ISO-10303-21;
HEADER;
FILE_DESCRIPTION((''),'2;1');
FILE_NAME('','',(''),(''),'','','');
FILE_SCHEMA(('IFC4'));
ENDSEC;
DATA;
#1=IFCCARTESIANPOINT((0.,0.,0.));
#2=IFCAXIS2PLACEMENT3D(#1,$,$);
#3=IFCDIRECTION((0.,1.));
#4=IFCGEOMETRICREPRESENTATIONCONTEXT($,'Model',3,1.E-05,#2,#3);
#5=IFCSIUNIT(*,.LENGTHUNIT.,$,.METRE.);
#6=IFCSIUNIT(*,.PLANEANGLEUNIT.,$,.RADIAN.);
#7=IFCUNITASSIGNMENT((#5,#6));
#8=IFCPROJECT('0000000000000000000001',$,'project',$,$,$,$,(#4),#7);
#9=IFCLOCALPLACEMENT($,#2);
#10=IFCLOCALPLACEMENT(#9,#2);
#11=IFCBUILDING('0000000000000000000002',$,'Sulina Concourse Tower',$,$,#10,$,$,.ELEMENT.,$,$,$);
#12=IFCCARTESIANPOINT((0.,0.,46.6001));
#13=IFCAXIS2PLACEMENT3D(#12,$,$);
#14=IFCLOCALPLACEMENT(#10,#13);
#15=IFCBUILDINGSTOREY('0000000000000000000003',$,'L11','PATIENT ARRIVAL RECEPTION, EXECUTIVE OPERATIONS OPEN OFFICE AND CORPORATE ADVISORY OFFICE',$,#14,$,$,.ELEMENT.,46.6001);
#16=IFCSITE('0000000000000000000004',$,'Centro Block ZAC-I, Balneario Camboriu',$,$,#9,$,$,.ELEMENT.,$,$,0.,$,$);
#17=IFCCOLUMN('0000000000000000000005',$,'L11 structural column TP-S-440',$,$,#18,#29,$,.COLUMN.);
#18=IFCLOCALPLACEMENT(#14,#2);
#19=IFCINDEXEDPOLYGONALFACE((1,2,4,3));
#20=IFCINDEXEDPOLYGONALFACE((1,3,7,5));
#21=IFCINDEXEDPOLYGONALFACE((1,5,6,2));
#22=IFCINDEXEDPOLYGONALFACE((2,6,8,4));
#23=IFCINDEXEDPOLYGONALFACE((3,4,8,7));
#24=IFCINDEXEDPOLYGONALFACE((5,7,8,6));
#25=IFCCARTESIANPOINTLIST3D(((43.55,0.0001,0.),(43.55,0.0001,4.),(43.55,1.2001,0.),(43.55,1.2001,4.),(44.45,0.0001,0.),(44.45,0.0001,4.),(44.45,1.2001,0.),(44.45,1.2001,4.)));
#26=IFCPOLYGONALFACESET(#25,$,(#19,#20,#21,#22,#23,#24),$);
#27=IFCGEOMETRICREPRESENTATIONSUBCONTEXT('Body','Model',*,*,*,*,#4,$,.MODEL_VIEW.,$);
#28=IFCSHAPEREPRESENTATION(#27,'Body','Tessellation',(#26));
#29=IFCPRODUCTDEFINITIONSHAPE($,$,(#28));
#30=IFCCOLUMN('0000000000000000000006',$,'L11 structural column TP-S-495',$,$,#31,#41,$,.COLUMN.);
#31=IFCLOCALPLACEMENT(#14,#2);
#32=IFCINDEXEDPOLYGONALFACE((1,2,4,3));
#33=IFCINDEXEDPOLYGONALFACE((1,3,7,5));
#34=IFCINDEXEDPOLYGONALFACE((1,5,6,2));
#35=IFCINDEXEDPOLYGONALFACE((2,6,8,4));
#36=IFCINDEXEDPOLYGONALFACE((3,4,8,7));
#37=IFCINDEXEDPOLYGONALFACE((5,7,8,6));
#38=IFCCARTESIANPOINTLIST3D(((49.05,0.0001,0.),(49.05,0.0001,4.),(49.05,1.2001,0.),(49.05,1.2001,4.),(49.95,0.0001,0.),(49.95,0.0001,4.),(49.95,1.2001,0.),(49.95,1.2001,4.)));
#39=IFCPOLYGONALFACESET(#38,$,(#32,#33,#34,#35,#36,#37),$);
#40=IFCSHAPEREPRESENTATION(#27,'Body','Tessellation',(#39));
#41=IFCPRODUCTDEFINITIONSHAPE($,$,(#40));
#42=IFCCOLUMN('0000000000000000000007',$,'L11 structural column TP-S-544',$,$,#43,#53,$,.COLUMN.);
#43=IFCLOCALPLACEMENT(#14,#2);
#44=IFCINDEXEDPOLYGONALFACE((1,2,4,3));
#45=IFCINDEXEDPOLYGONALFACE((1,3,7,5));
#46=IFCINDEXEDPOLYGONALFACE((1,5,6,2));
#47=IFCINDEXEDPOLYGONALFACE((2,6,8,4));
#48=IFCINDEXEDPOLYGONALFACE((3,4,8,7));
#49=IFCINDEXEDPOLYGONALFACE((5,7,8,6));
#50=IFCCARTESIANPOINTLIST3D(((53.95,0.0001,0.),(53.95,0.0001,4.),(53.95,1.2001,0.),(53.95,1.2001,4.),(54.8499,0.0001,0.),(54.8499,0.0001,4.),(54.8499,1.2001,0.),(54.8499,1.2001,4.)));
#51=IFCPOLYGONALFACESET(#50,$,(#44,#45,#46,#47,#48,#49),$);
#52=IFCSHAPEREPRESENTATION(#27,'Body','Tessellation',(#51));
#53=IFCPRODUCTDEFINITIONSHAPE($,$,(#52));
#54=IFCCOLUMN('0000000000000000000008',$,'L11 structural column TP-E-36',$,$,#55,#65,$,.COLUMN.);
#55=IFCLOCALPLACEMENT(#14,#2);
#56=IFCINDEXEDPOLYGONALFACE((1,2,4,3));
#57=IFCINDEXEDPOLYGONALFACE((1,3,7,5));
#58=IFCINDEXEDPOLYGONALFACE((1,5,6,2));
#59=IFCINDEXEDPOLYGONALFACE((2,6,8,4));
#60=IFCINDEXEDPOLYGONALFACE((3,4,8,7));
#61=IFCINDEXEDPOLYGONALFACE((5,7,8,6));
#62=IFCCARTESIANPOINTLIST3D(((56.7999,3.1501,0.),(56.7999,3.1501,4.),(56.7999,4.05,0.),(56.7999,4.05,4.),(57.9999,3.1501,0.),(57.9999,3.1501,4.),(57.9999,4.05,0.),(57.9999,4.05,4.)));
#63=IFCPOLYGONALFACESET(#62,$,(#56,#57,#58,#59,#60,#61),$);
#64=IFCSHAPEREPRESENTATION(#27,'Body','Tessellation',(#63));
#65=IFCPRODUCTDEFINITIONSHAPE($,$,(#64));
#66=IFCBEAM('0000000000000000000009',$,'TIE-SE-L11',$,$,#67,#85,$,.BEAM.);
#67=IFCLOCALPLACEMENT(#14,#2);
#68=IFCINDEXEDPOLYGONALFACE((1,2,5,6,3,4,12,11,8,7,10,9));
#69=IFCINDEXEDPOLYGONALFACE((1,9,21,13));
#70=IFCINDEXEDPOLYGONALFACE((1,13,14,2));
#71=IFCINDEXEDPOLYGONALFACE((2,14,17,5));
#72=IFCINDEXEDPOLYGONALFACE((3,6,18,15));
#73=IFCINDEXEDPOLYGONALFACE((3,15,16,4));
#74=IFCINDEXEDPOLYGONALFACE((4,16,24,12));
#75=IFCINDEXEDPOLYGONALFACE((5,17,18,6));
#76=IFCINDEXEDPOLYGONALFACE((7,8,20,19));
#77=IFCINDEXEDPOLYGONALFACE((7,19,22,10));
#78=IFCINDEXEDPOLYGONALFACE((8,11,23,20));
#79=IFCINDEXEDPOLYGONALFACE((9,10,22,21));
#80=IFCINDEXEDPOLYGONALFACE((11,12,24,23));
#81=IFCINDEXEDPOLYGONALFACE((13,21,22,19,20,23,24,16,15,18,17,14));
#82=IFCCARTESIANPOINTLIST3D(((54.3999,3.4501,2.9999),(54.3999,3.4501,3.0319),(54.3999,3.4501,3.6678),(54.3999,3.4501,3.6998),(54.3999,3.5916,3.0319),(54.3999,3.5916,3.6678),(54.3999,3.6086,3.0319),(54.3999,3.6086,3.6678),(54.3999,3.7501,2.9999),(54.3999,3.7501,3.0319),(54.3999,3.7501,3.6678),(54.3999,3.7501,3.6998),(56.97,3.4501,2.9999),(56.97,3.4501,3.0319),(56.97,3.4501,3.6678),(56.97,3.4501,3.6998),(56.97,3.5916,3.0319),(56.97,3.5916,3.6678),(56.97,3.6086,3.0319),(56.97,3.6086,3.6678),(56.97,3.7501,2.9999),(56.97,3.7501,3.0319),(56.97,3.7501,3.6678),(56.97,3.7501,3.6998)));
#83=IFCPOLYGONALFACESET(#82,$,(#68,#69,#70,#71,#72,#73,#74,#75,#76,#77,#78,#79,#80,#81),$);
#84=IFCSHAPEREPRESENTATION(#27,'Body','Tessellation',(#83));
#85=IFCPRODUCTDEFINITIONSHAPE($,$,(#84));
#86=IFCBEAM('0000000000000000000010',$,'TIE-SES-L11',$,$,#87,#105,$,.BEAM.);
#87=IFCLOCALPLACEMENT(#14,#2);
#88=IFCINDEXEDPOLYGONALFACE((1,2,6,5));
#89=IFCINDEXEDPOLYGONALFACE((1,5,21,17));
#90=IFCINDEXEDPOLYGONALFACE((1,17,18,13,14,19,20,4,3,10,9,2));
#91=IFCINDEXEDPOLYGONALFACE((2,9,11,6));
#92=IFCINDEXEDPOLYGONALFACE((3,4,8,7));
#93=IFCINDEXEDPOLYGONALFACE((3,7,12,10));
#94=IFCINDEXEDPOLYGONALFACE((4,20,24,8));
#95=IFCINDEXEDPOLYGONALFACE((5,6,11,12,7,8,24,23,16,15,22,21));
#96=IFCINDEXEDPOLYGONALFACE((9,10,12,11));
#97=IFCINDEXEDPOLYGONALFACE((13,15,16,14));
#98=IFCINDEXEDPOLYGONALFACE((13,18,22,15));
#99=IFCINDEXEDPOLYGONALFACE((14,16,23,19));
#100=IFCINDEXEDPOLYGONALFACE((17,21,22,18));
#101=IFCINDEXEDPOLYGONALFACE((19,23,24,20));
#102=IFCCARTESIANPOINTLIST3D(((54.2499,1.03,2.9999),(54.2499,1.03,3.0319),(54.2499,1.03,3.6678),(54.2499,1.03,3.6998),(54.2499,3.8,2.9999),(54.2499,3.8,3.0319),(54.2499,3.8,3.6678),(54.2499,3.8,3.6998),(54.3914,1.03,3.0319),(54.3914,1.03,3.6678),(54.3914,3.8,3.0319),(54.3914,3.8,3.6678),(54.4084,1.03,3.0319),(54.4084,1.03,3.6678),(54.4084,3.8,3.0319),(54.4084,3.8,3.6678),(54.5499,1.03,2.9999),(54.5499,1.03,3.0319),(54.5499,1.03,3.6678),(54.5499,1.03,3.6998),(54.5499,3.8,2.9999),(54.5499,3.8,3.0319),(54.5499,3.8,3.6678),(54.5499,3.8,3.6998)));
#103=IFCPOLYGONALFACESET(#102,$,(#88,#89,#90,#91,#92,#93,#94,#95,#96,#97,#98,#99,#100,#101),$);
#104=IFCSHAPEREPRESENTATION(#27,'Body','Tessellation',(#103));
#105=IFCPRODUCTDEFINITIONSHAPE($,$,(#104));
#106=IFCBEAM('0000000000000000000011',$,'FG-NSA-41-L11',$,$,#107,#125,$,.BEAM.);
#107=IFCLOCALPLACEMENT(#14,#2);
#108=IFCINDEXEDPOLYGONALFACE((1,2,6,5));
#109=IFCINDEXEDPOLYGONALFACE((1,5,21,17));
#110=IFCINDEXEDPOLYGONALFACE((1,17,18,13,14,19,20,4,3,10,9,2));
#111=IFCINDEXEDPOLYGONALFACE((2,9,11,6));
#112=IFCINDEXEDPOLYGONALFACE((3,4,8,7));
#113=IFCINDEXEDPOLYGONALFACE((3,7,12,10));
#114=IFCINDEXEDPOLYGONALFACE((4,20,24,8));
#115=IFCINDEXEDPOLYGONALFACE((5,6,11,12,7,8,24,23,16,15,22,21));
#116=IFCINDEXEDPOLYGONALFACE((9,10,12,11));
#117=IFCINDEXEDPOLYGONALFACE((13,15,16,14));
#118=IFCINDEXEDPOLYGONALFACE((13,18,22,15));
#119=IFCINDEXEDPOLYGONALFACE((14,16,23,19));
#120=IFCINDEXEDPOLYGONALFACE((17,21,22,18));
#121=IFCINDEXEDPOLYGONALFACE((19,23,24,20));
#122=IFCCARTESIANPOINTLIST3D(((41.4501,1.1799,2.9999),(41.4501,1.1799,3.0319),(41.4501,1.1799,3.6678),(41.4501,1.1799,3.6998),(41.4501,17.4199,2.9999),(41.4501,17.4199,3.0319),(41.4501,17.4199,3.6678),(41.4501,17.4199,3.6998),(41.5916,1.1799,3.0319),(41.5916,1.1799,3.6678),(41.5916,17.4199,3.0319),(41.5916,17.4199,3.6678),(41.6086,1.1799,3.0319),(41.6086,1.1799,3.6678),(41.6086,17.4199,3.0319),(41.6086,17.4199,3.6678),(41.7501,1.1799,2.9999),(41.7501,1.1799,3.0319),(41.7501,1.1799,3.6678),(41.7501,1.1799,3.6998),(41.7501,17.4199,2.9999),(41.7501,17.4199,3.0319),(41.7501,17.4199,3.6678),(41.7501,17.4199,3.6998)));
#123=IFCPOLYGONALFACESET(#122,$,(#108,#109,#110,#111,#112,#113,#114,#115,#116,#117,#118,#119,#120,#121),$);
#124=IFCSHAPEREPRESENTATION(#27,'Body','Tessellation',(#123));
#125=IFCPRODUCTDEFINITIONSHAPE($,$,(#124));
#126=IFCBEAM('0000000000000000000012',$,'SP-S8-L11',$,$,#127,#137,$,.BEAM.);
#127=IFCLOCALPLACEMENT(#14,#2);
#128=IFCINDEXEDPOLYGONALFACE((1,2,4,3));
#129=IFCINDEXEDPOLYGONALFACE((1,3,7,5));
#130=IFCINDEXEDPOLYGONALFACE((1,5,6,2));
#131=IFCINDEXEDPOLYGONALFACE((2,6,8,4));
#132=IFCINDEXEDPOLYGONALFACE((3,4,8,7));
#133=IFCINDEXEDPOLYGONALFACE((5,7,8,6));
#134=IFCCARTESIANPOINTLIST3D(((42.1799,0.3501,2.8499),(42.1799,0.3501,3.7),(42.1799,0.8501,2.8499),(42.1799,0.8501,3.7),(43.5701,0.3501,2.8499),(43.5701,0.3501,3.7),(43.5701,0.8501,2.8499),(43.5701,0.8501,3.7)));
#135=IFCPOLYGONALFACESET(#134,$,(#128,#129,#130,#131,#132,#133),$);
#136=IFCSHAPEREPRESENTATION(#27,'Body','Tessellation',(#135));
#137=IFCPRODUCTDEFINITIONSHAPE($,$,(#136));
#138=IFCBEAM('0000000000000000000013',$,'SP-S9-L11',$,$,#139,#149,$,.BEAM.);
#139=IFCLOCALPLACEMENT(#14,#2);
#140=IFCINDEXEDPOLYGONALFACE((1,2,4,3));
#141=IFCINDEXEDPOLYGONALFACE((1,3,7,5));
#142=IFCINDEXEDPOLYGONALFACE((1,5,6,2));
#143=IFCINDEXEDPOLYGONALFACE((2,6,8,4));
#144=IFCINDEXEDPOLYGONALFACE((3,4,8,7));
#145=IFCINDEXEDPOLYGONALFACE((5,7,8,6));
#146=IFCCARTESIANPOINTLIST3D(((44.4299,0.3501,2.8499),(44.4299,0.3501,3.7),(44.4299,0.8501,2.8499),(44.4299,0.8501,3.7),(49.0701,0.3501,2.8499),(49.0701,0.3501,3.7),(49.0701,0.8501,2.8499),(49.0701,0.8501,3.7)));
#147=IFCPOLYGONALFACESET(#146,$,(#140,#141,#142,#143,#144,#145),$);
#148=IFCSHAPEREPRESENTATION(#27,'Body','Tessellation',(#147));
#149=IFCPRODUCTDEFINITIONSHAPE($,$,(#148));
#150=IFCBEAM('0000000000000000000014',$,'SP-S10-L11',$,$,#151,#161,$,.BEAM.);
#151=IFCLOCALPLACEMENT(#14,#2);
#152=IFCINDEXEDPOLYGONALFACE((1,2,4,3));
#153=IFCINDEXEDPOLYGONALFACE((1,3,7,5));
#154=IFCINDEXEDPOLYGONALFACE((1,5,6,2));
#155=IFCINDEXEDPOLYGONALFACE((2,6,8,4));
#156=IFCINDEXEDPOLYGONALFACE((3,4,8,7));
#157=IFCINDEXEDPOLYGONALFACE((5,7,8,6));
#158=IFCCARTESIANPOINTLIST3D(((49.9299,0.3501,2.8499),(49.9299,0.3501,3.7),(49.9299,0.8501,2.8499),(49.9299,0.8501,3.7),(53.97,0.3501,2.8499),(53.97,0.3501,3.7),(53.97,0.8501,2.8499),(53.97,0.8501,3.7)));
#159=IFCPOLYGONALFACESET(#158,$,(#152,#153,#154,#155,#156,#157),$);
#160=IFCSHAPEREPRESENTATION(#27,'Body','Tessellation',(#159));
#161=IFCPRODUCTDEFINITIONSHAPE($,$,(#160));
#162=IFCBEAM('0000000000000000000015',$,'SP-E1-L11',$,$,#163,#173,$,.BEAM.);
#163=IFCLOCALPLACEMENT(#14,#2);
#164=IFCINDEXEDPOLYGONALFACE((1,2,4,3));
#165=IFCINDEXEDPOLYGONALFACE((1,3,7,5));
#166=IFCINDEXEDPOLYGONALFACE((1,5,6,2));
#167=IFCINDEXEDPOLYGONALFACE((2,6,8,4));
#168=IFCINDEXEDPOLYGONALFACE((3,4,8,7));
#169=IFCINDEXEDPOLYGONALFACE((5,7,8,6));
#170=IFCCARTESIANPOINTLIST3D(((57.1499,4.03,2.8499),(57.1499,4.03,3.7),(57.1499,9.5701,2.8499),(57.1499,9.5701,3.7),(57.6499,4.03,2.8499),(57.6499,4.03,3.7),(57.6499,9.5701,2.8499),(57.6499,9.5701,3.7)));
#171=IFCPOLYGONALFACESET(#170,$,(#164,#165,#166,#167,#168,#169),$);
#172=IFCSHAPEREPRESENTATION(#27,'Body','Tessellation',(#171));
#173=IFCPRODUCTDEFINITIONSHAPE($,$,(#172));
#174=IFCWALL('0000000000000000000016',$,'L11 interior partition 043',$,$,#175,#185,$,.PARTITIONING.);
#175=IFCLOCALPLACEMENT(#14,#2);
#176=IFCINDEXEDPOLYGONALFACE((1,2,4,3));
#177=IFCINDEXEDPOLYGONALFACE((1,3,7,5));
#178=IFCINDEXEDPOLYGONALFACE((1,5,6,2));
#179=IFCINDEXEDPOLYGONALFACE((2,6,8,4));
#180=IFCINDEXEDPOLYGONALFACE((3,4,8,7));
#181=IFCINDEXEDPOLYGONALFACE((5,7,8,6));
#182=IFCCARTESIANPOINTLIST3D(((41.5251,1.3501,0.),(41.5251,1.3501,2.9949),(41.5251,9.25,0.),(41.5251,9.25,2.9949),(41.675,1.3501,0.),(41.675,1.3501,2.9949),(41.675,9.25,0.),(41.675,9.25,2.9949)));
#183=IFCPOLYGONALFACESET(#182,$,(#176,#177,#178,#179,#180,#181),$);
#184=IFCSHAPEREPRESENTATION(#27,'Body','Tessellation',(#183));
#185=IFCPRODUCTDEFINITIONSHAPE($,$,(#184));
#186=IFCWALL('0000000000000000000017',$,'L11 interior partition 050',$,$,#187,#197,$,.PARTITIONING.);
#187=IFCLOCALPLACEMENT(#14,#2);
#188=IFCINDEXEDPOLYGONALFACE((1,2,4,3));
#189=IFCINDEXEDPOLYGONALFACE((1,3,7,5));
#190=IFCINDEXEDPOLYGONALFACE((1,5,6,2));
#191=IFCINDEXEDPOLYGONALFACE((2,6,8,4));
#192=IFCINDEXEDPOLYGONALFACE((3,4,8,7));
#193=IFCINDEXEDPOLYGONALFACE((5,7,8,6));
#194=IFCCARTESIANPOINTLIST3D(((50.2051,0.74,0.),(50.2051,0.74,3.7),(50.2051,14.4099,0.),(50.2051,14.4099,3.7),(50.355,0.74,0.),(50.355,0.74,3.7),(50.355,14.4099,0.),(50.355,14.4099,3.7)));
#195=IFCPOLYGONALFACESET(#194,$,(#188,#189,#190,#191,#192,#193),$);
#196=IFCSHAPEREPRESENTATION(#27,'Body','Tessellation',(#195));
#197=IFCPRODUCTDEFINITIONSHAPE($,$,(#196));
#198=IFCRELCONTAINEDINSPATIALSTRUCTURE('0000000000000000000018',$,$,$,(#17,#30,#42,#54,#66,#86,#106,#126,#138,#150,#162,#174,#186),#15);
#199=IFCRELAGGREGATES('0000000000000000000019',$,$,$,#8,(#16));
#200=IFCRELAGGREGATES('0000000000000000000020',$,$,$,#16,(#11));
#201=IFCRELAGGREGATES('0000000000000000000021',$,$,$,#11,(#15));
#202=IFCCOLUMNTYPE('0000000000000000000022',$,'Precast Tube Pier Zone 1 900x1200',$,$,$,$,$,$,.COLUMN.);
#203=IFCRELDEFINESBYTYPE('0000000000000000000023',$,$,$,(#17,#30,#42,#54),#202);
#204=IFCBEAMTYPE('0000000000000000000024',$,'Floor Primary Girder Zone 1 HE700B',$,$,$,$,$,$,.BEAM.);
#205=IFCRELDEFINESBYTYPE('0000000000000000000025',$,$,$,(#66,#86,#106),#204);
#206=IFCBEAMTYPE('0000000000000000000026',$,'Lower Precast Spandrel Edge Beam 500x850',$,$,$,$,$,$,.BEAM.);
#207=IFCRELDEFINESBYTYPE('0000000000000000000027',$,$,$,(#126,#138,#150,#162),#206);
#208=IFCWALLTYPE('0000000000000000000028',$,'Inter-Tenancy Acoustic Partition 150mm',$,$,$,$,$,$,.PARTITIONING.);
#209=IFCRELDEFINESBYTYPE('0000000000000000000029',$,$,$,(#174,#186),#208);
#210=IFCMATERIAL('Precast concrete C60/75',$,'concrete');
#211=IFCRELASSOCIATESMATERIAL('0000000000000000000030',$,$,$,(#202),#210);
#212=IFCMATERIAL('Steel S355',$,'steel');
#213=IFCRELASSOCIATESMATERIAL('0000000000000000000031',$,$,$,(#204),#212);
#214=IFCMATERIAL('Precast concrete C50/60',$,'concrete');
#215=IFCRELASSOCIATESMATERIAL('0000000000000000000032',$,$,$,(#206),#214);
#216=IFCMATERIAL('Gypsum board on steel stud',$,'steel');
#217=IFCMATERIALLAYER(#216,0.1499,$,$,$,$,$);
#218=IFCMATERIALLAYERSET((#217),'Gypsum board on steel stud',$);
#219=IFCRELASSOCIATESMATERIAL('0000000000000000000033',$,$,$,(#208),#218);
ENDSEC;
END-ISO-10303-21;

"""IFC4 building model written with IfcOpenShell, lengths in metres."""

from ifc_helpers import new_model, si_unit, direction, frame, frame_2d, origin, origin_2d, place, context, subcontext, project, spatial, rectangle, i_section, extrude, material, layer, layer_set, material_profile, profile_set, type_object, element, save


model = new_model("IFC4")

# Units and contexts
model_context = context("Model", 3, precision=1e-05, world=origin(), true_north=direction((0.0, 1.0)))
body_context = subcontext(model_context, "Body", "Model", "MODEL_VIEW")
ifc_project = project(units=[si_unit("LENGTHUNIT", "METRE"), si_unit("PLANEANGLEUNIT", "RADIAN")], contexts=[model_context])

# Site, building, storey
site_placement = place(None, origin())
site = spatial("IfcSite", under=ifc_project, at=site_placement, Name="Centro Block ZAC-I, Balneario Camboriu", CompositionType="ELEMENT", RefElevation=0.0)
building_placement = place(site_placement, origin())
building = spatial("IfcBuilding", under=site, at=building_placement, Name="Sulina Concourse Tower", CompositionType="ELEMENT")
storey_placement = place(building_placement, frame((0.0, 0.0, 46.6001)))
storey = spatial("IfcBuildingStorey", under=building, at=storey_placement, Name="L11", Description="PATIENT ARRIVAL RECEPTION, EXECUTIVE OPERATIONS OPEN OFFICE AND CORPORATE ADVISORY OFFICE", CompositionType="ELEMENT", Elevation=46.6001)

# Columns
ifc_material_1 = material(Name="Precast concrete C60/75", Category="concrete")
ifc_material_profile_1 = material_profile(ifc_material_1, rectangle(XDim=0.8999, YDim=1.2, at=origin_2d()), Name="PC 900x1200")
ifc_profile_set_1 = profile_set([ifc_material_profile_1], Name="Precast concrete C60/75")
column_type = type_object("IfcColumnType", Name="Precast Tube Pier Zone 1 900x1200", PredefinedType="COLUMN", material=ifc_profile_set_1)
for number, where, z_axis, x_axis, name in (
    (1, (44.0, 0.6001, 0.0), (0.0, 0.0, 1.0), (1.0, 0.0, 0.0), "L11 structural column TP-S-440"),
    (2, (49.5, 0.6001, 0.0), (0.0, 0.0, 1.0), (1.0, 0.0, 0.0), "L11 structural column TP-S-495"),
    (3, (54.3999, 0.6001, 0.0), (0.0, 0.0, 1.0), (1.0, 0.0, 0.0), "L11 structural column TP-S-544"),
    (4, (57.3999, 3.6001, 0.0), (0.0, 0.0, 1.0), (0.0, 1.0, 0.0), "L11 structural column TP-E-36"),
):
    element("IfcColumn", number, at=place(storey_placement, frame(where, z_axis=z_axis, x_axis=x_axis)), inside=storey, type_object=column_type, Name=name, PredefinedType="COLUMN", context=body_context, shape_type="SweptSolid", body=[
        extrude(rectangle(XDim=0.8999, YDim=1.2, at=origin_2d()), origin(), (0.0, 0.0, 1.0), 4.0),
    ])

# Beams
ifc_material_2 = material(Name="Steel S355", Category="steel")
ifc_material_profile_2 = material_profile(ifc_material_2, i_section(OverallWidth=0.3, OverallDepth=0.7, WebThickness=0.0171, FlangeThickness=0.032, at=origin_2d()), Name="HE 700 B")
ifc_profile_set_2 = profile_set([ifc_material_profile_2], Name="Steel S355")
beam_type_1 = type_object("IfcBeamType", Name="Floor Primary Girder Zone 1 HE700B", PredefinedType="BEAM", material=ifc_profile_set_2)
beam_1_placement = place(storey_placement, frame((54.3999, 3.6001, 3.3499), z_axis=(1.0, 0.0, 0.0), x_axis=(0.0, 1.0, 0.0)))
element("IfcBeam", 5, at=beam_1_placement, inside=storey, type_object=beam_type_1, Name="TIE-SE-L11", PredefinedType="BEAM", context=body_context, shape_type="SweptSolid", body=[
    extrude(i_section(OverallWidth=0.3, OverallDepth=0.7, WebThickness=0.0171, FlangeThickness=0.032, at=origin_2d()), origin(), (0.0, 0.0, 1.0), 2.5701),
])
beam_2_placement = place(storey_placement, frame((54.3999, 1.03, 3.3499), z_axis=(0.0, 1.0, 0.0), x_axis=(-1.0, 0.0, 0.0)))
element("IfcBeam", 6, at=beam_2_placement, inside=storey, type_object=beam_type_1, Name="TIE-SES-L11", PredefinedType="BEAM", context=body_context, shape_type="SweptSolid", body=[
    extrude(i_section(OverallWidth=0.3, OverallDepth=0.7, WebThickness=0.0171, FlangeThickness=0.032, at=origin_2d()), origin(), (0.0, 0.0, 1.0), 2.77),
])
beam_3_placement = place(storey_placement, frame((41.6001, 1.1799, 3.3499), z_axis=(0.0, 1.0, 0.0), x_axis=(-1.0, 0.0, 0.0)))
element("IfcBeam", 7, at=beam_3_placement, inside=storey, type_object=beam_type_1, Name="FG-NSA-41-L11", PredefinedType="BEAM", context=body_context, shape_type="SweptSolid", body=[
    extrude(i_section(OverallWidth=0.3, OverallDepth=0.7, WebThickness=0.0171, FlangeThickness=0.032, at=origin_2d()), origin(), (0.0, 0.0, 1.0), 16.24),
])
ifc_material_3 = material(Name="Precast concrete C50/60", Category="concrete")
ifc_material_profile_3 = material_profile(ifc_material_3, rectangle(XDim=0.5, YDim=0.8501, at=origin_2d()), Name="RC 500x850")
ifc_profile_set_3 = profile_set([ifc_material_profile_3], Name="Precast concrete C50/60")
beam_type_2 = type_object("IfcBeamType", Name="Lower Precast Spandrel Edge Beam 500x850", PredefinedType="BEAM", material=ifc_profile_set_3)
beam_4_placement = place(storey_placement, frame((42.1799, 0.6001, 3.2749), z_axis=(1.0, 0.0, 0.0), x_axis=(0.0, 1.0, 0.0)))
element("IfcBeam", 8, at=beam_4_placement, inside=storey, type_object=beam_type_2, Name="SP-S8-L11", PredefinedType="BEAM", context=body_context, shape_type="SweptSolid", body=[
    extrude(rectangle(XDim=0.5, YDim=0.8501, at=origin_2d()), origin(), (0.0, 0.0, 1.0), 1.3901),
])
beam_5_placement = place(storey_placement, frame((44.4299, 0.6001, 3.2749), z_axis=(1.0, 0.0, 0.0), x_axis=(0.0, 1.0, 0.0)))
element("IfcBeam", 9, at=beam_5_placement, inside=storey, type_object=beam_type_2, Name="SP-S9-L11", PredefinedType="BEAM", context=body_context, shape_type="SweptSolid", body=[
    extrude(rectangle(XDim=0.5, YDim=0.8501, at=origin_2d()), origin(), (0.0, 0.0, 1.0), 4.6401),
])
beam_6_placement = place(storey_placement, frame((49.9299, 0.6001, 3.2749), z_axis=(1.0, 0.0, 0.0), x_axis=(0.0, 1.0, 0.0)))
element("IfcBeam", 10, at=beam_6_placement, inside=storey, type_object=beam_type_2, Name="SP-S10-L11", PredefinedType="BEAM", context=body_context, shape_type="SweptSolid", body=[
    extrude(rectangle(XDim=0.5, YDim=0.8501, at=origin_2d()), origin(), (0.0, 0.0, 1.0), 4.04),
])
beam_7_placement = place(storey_placement, frame((57.3999, 4.03, 3.2749), z_axis=(0.0, 1.0, 0.0), x_axis=(-1.0, 0.0, 0.0)))
element("IfcBeam", 11, at=beam_7_placement, inside=storey, type_object=beam_type_2, Name="SP-E1-L11", PredefinedType="BEAM", context=body_context, shape_type="SweptSolid", body=[
    extrude(rectangle(XDim=0.5, YDim=0.8501, at=origin_2d()), origin(), (0.0, 0.0, 1.0), 5.54),
])

# Walls
ifc_material_4 = material(Name="Gypsum board on steel stud", Category="steel")
ifc_layer_1 = layer(ifc_material_4, 0.1499)
ifc_layer_set_1 = layer_set([ifc_layer_1], Name="Gypsum board on steel stud")
wall_type_1 = type_object("IfcWallType", Name="Inter-Tenancy Acoustic Partition 150mm", PredefinedType="PARTITIONING", material=ifc_layer_set_1)
wall_1_placement = place(storey_placement, frame((41.6001, 1.3501, 0.0), z_axis=(0.0, 0.0, 1.0), x_axis=(0.0, 1.0, 0.0)))
element("IfcWall", 12, at=wall_1_placement, inside=storey, type_object=wall_type_1, Name="L11 interior partition 043", PredefinedType="PARTITIONING", context=body_context, shape_type="SweptSolid", body=[
    extrude(rectangle(XDim=7.8999, YDim=0.1499, at=frame_2d((3.95, 0.0))), origin(), (0.0, 0.0, 1.0), 2.9949),
])
wall_2_placement = place(storey_placement, frame((50.28, 0.74, 0.0), z_axis=(0.0, 0.0, 1.0), x_axis=(0.0, 1.0, 0.0)))
element("IfcWall", 13, at=wall_2_placement, inside=storey, type_object=wall_type_1, Name="L11 interior partition 050", PredefinedType="PARTITIONING", context=body_context, shape_type="SweptSolid", body=[
    extrude(rectangle(XDim=13.6699, YDim=0.1499, at=frame_2d((6.835, 0.0))), origin(), (0.0, 0.0, 1.0), 3.7),
])

save(model, "model.ifc")
